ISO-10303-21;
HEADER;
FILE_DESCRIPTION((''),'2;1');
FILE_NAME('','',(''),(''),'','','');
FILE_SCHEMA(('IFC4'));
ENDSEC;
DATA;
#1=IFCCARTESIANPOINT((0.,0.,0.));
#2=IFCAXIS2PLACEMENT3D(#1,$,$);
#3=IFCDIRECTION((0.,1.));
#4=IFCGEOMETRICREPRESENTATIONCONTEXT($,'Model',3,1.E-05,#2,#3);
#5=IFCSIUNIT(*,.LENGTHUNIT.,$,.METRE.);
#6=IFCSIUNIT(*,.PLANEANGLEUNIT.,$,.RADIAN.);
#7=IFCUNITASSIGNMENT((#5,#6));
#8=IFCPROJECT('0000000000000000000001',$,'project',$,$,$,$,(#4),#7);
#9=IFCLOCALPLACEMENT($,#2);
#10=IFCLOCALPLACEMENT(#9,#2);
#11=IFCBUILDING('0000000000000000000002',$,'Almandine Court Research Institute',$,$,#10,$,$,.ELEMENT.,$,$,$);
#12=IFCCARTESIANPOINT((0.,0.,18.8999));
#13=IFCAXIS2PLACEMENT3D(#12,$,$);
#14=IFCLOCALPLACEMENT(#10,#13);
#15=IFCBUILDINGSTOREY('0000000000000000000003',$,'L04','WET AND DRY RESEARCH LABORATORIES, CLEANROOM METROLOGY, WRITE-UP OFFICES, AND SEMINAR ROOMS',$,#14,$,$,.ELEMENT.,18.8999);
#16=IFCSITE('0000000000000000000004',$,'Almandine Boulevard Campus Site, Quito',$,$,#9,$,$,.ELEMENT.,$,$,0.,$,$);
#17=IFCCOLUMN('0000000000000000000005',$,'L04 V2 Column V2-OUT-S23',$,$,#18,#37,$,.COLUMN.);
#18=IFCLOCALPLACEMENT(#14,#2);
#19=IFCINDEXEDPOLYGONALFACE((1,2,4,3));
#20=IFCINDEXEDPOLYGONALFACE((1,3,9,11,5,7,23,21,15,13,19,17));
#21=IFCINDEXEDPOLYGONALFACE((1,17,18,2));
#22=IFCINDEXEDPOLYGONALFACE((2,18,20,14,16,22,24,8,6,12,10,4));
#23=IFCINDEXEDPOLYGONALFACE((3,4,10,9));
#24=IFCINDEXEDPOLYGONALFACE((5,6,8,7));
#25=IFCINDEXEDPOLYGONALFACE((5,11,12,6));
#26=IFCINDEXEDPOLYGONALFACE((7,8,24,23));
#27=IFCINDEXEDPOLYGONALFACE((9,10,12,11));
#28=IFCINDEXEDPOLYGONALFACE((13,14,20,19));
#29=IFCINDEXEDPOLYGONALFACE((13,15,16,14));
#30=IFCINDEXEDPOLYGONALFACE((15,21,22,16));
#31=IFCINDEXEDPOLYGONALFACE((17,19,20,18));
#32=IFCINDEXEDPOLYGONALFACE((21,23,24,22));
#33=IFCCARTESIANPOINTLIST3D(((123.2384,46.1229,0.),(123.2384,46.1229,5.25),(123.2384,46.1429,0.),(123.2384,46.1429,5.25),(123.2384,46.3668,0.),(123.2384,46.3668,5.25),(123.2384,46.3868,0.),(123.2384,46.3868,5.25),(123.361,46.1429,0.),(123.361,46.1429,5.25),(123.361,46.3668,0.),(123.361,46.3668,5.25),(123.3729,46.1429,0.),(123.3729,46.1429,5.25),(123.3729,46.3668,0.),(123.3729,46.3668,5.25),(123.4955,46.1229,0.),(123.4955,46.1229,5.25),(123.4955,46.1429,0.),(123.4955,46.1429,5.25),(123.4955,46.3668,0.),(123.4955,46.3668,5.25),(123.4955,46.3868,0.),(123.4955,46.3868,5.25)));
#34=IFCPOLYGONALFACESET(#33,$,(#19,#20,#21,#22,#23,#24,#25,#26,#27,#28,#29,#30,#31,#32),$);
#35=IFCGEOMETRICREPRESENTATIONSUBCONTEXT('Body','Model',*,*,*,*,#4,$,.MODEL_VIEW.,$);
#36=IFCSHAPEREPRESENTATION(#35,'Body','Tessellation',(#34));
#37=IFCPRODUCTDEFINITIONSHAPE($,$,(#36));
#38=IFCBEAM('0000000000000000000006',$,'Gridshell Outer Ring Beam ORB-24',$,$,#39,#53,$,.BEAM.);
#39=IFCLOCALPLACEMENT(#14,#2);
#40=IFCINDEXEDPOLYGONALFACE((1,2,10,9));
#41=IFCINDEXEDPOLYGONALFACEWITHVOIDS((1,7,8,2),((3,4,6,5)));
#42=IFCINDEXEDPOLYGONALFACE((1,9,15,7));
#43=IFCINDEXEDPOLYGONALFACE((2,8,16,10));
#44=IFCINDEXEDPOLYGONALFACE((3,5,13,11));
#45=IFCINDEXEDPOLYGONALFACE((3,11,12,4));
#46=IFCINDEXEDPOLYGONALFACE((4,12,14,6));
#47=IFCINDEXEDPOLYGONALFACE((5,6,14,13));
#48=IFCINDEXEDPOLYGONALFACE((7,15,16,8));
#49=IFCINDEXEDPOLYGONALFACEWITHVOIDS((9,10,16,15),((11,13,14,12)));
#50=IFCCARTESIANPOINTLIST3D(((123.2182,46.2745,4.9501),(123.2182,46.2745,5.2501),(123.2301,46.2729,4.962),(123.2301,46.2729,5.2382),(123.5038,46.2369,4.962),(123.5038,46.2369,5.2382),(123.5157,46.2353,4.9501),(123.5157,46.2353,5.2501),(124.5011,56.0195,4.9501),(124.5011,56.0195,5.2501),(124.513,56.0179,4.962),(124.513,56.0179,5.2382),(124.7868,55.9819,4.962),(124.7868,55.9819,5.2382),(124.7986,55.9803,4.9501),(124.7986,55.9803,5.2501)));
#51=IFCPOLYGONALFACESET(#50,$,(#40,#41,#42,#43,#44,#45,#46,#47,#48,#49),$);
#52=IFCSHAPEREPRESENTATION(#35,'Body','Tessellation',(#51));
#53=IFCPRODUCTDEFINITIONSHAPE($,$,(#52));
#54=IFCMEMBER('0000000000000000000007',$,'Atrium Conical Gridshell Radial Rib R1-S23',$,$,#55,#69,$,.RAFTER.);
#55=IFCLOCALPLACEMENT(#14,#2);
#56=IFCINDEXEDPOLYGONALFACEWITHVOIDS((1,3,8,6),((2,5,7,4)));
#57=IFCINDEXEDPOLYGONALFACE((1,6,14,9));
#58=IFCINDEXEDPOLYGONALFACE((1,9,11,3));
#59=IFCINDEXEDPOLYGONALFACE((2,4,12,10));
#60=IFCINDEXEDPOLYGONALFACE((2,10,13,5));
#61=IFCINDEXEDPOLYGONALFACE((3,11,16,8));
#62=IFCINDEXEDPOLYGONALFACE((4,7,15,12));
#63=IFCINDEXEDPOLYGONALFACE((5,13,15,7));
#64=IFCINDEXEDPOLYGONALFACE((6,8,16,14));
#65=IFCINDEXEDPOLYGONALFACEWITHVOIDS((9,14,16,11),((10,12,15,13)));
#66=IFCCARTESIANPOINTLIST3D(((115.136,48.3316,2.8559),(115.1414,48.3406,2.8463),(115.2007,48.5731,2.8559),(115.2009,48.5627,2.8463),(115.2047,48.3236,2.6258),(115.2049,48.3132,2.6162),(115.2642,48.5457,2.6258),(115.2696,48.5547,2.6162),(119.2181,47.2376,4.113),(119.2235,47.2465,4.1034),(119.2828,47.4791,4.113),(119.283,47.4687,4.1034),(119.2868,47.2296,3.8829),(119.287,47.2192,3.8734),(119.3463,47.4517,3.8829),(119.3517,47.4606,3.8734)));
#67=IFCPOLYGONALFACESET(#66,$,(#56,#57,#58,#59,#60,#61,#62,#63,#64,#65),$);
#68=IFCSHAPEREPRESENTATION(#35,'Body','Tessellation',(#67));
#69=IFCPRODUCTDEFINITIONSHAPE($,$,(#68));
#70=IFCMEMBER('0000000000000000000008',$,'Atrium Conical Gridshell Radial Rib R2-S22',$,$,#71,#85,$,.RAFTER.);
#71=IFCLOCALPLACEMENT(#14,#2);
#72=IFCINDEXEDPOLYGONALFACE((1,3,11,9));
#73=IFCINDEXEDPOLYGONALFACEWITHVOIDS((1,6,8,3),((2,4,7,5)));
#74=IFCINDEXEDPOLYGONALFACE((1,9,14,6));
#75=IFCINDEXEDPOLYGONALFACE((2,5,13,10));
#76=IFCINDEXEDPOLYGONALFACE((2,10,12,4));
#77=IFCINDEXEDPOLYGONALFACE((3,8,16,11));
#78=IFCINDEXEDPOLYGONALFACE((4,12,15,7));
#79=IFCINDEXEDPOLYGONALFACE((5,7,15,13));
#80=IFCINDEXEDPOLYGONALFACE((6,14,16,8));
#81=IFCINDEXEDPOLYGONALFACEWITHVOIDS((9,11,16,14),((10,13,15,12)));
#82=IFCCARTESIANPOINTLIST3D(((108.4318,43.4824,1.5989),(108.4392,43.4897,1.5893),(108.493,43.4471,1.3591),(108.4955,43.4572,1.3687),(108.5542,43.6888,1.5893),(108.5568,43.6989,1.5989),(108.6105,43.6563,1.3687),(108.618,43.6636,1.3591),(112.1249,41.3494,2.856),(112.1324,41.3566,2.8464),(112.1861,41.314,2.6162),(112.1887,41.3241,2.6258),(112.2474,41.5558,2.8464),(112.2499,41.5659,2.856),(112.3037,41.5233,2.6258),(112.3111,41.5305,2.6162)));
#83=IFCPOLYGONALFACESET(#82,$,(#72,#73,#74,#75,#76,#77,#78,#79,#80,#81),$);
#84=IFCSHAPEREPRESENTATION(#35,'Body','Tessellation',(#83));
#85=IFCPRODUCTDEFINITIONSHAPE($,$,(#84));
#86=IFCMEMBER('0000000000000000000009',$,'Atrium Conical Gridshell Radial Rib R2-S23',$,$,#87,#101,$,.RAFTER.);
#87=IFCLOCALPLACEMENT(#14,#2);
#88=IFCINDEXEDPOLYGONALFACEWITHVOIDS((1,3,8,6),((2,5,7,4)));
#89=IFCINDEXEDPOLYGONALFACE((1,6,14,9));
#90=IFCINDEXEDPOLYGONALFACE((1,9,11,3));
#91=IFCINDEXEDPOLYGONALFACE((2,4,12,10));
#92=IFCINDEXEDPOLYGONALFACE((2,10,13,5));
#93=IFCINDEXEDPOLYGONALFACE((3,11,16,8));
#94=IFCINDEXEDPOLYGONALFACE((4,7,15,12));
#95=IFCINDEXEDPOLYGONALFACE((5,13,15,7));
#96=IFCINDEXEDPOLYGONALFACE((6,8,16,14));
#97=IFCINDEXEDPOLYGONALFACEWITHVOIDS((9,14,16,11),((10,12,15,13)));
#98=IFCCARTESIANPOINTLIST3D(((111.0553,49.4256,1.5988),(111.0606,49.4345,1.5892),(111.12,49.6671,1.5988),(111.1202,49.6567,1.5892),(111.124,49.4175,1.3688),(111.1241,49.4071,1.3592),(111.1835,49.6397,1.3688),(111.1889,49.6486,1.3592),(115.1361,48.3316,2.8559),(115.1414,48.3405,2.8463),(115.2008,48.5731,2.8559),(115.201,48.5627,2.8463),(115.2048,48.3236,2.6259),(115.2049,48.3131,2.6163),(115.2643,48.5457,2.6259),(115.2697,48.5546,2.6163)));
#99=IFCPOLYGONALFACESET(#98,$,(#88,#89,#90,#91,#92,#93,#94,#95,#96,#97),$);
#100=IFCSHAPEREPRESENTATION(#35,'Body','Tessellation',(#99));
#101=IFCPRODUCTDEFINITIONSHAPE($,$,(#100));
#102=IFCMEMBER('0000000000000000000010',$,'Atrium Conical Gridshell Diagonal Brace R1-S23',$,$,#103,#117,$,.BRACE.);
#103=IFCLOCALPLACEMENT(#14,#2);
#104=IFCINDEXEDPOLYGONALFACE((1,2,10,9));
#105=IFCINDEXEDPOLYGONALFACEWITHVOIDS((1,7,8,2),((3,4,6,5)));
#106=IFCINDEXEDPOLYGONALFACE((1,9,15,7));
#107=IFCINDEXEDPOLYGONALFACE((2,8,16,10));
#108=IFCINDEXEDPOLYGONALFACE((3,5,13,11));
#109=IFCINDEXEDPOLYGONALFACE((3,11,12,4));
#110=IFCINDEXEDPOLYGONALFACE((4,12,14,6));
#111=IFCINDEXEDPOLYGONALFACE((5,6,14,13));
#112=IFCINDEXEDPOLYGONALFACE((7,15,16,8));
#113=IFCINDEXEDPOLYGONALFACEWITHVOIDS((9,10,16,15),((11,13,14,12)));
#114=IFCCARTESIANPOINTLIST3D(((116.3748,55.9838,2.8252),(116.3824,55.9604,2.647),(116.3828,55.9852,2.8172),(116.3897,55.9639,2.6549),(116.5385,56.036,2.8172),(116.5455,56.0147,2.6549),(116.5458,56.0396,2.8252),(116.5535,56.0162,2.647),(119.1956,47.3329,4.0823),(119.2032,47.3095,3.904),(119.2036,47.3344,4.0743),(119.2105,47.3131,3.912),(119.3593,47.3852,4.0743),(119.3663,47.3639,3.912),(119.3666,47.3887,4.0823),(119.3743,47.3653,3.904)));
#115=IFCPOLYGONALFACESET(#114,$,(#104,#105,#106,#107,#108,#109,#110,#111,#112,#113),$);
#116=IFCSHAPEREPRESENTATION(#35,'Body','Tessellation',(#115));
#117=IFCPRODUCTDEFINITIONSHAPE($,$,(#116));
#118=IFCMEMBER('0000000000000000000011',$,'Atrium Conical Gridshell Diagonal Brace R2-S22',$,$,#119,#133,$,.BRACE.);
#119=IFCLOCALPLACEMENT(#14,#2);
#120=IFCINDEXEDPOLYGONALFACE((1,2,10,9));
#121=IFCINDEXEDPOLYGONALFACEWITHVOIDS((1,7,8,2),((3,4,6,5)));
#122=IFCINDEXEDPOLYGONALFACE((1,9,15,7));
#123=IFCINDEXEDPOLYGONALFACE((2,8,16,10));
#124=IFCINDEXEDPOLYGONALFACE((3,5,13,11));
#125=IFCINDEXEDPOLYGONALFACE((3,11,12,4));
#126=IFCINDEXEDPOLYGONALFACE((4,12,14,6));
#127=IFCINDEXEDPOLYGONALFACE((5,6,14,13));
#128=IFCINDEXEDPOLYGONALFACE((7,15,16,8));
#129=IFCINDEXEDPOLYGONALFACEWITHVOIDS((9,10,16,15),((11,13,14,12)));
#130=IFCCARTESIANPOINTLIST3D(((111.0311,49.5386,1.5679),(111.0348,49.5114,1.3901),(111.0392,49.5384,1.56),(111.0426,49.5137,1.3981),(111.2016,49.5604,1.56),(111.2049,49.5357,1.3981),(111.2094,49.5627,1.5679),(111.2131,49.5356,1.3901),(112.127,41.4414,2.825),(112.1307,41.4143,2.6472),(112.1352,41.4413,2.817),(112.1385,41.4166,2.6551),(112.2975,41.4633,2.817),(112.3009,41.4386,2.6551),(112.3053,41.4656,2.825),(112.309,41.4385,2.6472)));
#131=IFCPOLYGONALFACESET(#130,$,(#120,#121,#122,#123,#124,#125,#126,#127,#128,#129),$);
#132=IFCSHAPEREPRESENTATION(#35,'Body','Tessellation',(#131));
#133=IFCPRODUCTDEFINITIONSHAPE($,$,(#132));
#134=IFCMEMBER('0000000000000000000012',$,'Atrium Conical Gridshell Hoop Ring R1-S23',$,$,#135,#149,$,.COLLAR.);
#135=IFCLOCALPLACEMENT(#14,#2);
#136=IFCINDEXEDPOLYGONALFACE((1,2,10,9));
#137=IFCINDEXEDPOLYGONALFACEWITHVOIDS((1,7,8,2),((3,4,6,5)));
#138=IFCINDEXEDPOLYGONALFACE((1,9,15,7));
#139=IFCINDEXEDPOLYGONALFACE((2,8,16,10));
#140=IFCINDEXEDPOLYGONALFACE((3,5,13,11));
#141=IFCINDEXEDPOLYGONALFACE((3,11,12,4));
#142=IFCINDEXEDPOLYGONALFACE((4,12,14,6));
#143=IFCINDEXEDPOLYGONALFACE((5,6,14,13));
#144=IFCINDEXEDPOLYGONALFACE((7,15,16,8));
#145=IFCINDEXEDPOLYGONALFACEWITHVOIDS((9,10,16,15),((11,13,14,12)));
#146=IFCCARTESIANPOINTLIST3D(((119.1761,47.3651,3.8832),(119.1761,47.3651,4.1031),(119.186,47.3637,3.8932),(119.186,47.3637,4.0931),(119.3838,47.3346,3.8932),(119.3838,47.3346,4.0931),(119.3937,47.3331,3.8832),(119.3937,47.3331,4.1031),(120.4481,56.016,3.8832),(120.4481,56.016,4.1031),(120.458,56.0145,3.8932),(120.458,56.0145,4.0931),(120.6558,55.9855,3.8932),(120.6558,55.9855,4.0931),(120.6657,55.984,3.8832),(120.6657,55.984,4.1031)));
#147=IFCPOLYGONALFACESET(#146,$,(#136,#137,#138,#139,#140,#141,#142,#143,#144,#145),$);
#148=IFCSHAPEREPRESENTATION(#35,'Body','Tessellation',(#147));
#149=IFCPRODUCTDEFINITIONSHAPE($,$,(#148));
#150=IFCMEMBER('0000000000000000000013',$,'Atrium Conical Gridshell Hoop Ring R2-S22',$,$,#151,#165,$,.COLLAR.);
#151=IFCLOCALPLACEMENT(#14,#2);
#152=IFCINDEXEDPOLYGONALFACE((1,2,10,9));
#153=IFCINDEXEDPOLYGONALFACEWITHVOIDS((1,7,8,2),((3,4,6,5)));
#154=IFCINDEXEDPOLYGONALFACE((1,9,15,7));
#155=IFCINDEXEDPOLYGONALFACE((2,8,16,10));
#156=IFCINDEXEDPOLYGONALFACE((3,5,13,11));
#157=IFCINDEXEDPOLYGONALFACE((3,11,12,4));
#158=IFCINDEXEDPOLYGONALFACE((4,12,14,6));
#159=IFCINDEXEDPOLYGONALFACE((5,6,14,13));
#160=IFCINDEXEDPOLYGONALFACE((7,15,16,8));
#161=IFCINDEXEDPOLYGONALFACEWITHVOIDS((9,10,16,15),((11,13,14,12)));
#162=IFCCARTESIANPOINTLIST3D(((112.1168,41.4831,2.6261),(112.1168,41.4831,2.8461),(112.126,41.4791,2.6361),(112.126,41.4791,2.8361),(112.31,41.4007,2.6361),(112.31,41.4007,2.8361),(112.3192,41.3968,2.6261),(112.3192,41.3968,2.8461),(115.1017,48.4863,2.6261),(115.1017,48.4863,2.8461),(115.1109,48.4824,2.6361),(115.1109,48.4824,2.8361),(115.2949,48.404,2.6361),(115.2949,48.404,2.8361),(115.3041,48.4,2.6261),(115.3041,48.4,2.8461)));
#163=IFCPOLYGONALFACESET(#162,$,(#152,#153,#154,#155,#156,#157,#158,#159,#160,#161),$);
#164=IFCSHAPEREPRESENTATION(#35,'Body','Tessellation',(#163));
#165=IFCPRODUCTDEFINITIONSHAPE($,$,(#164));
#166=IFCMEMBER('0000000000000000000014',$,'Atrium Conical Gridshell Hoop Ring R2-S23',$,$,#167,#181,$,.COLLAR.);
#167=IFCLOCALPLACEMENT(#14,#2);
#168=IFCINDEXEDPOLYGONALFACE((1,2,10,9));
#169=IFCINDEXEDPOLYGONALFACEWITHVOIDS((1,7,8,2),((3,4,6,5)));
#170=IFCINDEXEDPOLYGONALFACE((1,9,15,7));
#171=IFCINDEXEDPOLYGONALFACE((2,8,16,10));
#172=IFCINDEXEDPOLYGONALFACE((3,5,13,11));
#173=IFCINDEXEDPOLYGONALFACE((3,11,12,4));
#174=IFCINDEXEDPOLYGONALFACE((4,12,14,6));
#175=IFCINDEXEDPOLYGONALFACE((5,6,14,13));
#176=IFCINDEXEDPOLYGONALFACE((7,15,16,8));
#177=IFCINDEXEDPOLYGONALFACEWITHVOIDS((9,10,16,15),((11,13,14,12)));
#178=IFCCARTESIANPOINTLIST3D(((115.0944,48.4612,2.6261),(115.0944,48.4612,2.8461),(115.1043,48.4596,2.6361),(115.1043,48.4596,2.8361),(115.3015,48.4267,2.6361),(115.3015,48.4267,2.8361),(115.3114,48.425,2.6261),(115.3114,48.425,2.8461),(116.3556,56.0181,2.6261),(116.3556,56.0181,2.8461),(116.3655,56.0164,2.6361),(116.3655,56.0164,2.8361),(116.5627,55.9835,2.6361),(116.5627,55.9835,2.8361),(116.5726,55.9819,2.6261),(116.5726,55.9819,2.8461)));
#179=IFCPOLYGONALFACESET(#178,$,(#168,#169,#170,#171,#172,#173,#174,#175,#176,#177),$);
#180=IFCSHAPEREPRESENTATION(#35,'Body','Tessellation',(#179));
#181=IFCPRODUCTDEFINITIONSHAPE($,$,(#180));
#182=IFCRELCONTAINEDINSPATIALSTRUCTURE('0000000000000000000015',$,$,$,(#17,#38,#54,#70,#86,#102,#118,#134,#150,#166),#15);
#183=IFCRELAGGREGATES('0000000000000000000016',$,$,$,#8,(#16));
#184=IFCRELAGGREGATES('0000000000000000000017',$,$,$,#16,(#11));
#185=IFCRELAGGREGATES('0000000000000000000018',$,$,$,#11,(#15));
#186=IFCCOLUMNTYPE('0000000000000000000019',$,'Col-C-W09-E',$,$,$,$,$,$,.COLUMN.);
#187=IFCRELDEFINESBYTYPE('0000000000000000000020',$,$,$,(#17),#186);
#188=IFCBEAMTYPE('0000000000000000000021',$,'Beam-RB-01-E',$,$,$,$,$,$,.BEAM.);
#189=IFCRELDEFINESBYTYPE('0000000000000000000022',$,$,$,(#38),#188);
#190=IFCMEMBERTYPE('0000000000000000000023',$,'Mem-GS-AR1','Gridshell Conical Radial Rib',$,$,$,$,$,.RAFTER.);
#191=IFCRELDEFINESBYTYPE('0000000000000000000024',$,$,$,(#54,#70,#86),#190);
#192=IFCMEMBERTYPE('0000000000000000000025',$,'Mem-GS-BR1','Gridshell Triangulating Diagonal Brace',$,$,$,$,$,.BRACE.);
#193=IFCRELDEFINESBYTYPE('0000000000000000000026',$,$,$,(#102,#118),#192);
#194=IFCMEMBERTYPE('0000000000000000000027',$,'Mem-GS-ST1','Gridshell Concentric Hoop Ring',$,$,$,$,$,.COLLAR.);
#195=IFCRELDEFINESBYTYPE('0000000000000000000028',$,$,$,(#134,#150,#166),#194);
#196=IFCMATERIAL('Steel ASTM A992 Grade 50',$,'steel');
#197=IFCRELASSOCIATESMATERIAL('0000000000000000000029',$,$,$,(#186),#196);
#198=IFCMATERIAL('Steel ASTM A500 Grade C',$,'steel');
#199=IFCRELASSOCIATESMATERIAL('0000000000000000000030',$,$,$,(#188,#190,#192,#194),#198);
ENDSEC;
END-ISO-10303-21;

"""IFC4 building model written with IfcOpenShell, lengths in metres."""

from ifc_helpers import new_model, si_unit, direction, frame, origin, origin_2d, place, context, subcontext, project, spatial, hollow_rectangle, i_section, extrude, material, material_profile, profile_set, type_object, element, save


model = new_model("IFC4")

# Units and contexts
model_context = context("Model", 3, precision=1e-05, world=origin(), true_north=direction((0.0, 1.0)))
body_context = subcontext(model_context, "Body", "Model", "MODEL_VIEW")
ifc_project = project(units=[si_unit("LENGTHUNIT", "METRE"), si_unit("PLANEANGLEUNIT", "RADIAN")], contexts=[model_context])

# Site, building, storey
site_placement = place(None, origin())
site = spatial("IfcSite", under=ifc_project, at=site_placement, Name="Almandine Boulevard Campus Site, Quito", CompositionType="ELEMENT", RefElevation=0.0)
building_placement = place(site_placement, origin())
building = spatial("IfcBuilding", under=site, at=building_placement, Name="Almandine Court Research Institute", CompositionType="ELEMENT")
storey_placement = place(building_placement, frame((0.0, 0.0, 18.8999)))
storey = spatial("IfcBuildingStorey", under=building, at=storey_placement, Name="L04", Description="WET AND DRY RESEARCH LABORATORIES, CLEANROOM METROLOGY, WRITE-UP OFFICES, AND SEMINAR ROOMS", CompositionType="ELEMENT", Elevation=18.8999)

# Column
ifc_material_1 = material(Name="Steel ASTM A992 Grade 50", Category="steel")
ifc_material_profile_1 = material_profile(ifc_material_1, i_section(OverallWidth=0.2571, OverallDepth=0.2639, WebThickness=0.012, FlangeThickness=0.02, at=origin_2d()), Name="W250x101")
ifc_profile_set_1 = profile_set([ifc_material_profile_1], Name="Steel ASTM A992 Grade 50")
column_type = type_object("IfcColumnType", Name="Col-C-W09-E", PredefinedType="COLUMN", material=ifc_profile_set_1)
column_placement = place(storey_placement, frame((123.3669, 46.2549, 0.0), z_axis=(0.0, 0.0, 1.0), x_axis=(1.0, 0.0, 0.0)))
element("IfcColumn", 1, at=column_placement, inside=storey, type_object=column_type, Name="L04 V2 Column V2-OUT-S23", PredefinedType="COLUMN", context=body_context, shape_type="SweptSolid", body=[
    extrude(i_section(OverallWidth=0.2571, OverallDepth=0.2639, WebThickness=0.012, FlangeThickness=0.02, at=origin_2d()), origin(), (0.0, 0.0, 1.0), 5.25),
])

# Beam
ifc_material_2 = material(Name="Steel ASTM A500 Grade C", Category="steel")
ifc_material_profile_2 = material_profile(ifc_material_2, hollow_rectangle(XDim=0.3, YDim=0.3, WallThickness=0.012, at=origin_2d()), Name="HSS 300x300x12")
ifc_profile_set_2 = profile_set([ifc_material_profile_2], Name="Steel ASTM A500 Grade C")
beam_type = type_object("IfcBeamType", Name="Beam-RB-01-E", PredefinedType="BEAM", material=ifc_profile_set_2)
beam_placement = place(storey_placement, frame((123.3669, 46.2549, 5.1001), z_axis=(0.130525, 0.991445, 0.0), x_axis=(-0.991445, 0.130525, 0.0)))
element("IfcBeam", 2, at=beam_placement, inside=storey, type_object=beam_type, Name="Gridshell Outer Ring Beam ORB-24", PredefinedType="BEAM", context=body_context, shape_type="SweptSolid", body=[
    extrude(hollow_rectangle(XDim=0.3, YDim=0.3, WallThickness=0.012, at=origin_2d()), origin(), (0.0, 0.0, 1.0), 9.8291),
])

# Members
ifc_material_profile_3 = material_profile(ifc_material_2, hollow_rectangle(XDim=0.25, YDim=0.25, WallThickness=0.01, at=origin_2d()), Name="HSS 250x250x10")
ifc_profile_set_3 = profile_set([ifc_material_profile_3], Name="Steel ASTM A500 Grade C")
member_type_1 = type_object("IfcMemberType", Name="Mem-GS-AR1", Description="Gridshell Conical Radial Rib", PredefinedType="RAFTER", material=ifc_profile_set_3)
member_1_placement = place(storey_placement, frame((119.2849, 47.3491, 3.9932), z_axis=(-0.925822, 0.248123, -0.285111), x_axis=(-0.258867, -0.965913, 0.0)))
element("IfcMember", 3, at=member_1_placement, inside=storey, type_object=member_type_1, Name="Atrium Conical Gridshell Radial Rib R1-S23", PredefinedType="RAFTER", context=body_context, shape_type="SweptSolid", body=[
    extrude(hollow_rectangle(XDim=0.25, YDim=0.25, WallThickness=0.01, at=origin_2d()), origin(), (0.0, 0.0, 1.0), 4.4092),
])
member_2_placement = place(storey_placement, frame((112.218, 41.4399, 2.7361), z_axis=(-0.830611, 0.479741, -0.282727), x_axis=(-0.500147, -0.865941, 0.0)))
element("IfcMember", 4, at=member_2_placement, inside=storey, type_object=member_type_1, Name="Atrium Conical Gridshell Radial Rib R2-S22", PredefinedType="RAFTER", context=body_context, shape_type="SweptSolid", body=[
    extrude(hollow_rectangle(XDim=0.25, YDim=0.25, WallThickness=0.01, at=origin_2d()), origin(), (0.0, 0.0, 1.0), 4.4463),
])
member_3_placement = place(storey_placement, frame((115.2029, 48.4431, 2.7361), z_axis=(-0.925783, 0.248186, -0.285184), x_axis=(-0.258939, -0.965894, 0.0)))
element("IfcMember", 5, at=member_3_placement, inside=storey, type_object=member_type_1, Name="Atrium Conical Gridshell Radial Rib R2-S23", PredefinedType="RAFTER", context=body_context, shape_type="SweptSolid", body=[
    extrude(hollow_rectangle(XDim=0.25, YDim=0.25, WallThickness=0.01, at=origin_2d()), origin(), (0.0, 0.0, 1.0), 4.408),
])
ifc_material_profile_4 = material_profile(ifc_material_2, hollow_rectangle(XDim=0.1799, YDim=0.1799, WallThickness=0.0081, at=origin_2d()), Name="HSS 180x180x8")
ifc_profile_set_4 = profile_set([ifc_material_profile_4], Name="Steel ASTM A500 Grade C")
member_type_2 = type_object("IfcMemberType", Name="Mem-GS-BR1", Description="Gridshell Triangulating Diagonal Brace", PredefinedType="BRACE", material=ifc_profile_set_4)
member_4_placement = place(storey_placement, frame((119.2849, 47.3491, 3.9932), z_axis=(-0.30709, 0.941789, -0.136854), x_axis=(-0.950734, -0.310007, 0.0)))
element("IfcMember", 6, at=member_4_placement, inside=storey, type_object=member_type_2, Name="Atrium Conical Gridshell Diagonal Brace R1-S23", PredefinedType="BRACE", context=body_context, shape_type="SweptSolid", body=[
    extrude(hollow_rectangle(XDim=0.1799, YDim=0.1799, WallThickness=0.0081, at=origin_2d()), origin(), (0.0, 0.0, 1.0), 9.1855),
])
member_5_placement = place(storey_placement, frame((112.218, 41.4399, 2.7361), z_axis=(-0.132567, 0.979441, -0.152058), x_axis=(-0.990964, -0.134126, 0.0)))
element("IfcMember", 7, at=member_5_placement, inside=storey, type_object=member_type_2, Name="Atrium Conical Gridshell Diagonal Brace R2-S22", PredefinedType="BRACE", context=body_context, shape_type="SweptSolid", body=[
    extrude(hollow_rectangle(XDim=0.1799, YDim=0.1799, WallThickness=0.0081, at=origin_2d()), origin(), (0.0, 0.0, 1.0), 8.2671),
])
ifc_material_profile_5 = material_profile(ifc_material_2, hollow_rectangle(XDim=0.22, YDim=0.22, WallThickness=0.01, at=origin_2d()), Name="HSS 220x220x10")
ifc_profile_set_5 = profile_set([ifc_material_profile_5], Name="Steel ASTM A500 Grade C")
member_type_3 = type_object("IfcMemberType", Name="Mem-GS-ST1", Description="Gridshell Concentric Hoop Ring", PredefinedType="COLLAR", material=ifc_profile_set_5)
member_6_placement = place(storey_placement, frame((119.2849, 47.3491, 3.9932), z_axis=(0.14547, 0.989363, 0.0), x_axis=(-0.989363, 0.14547, 0.0)))
element("IfcMember", 8, at=member_6_placement, inside=storey, type_object=member_type_3, Name="Atrium Conical Gridshell Hoop Ring R1-S23", PredefinedType="COLLAR", context=body_context, shape_type="SweptSolid", body=[
    extrude(hollow_rectangle(XDim=0.22, YDim=0.22, WallThickness=0.01, at=origin_2d()), origin(), (0.0, 0.0, 1.0), 8.7439),
])
member_7_placement = place(storey_placement, frame((112.218, 41.4399, 2.7361), z_axis=(0.392088, 0.919928, 0.0), x_axis=(-0.919928, 0.392088, 0.0)))
element("IfcMember", 9, at=member_7_placement, inside=storey, type_object=member_type_3, Name="Atrium Conical Gridshell Hoop Ring R2-S22", PredefinedType="COLLAR", context=body_context, shape_type="SweptSolid", body=[
    extrude(hollow_rectangle(XDim=0.22, YDim=0.22, WallThickness=0.01, at=origin_2d()), origin(), (0.0, 0.0, 1.0), 7.6128),
])
member_8_placement = place(storey_placement, frame((115.2029, 48.4431, 2.7361), z_axis=(0.164621, 0.986357, 0.0), x_axis=(-0.986357, 0.164621, 0.0)))
element("IfcMember", 10, at=member_8_placement, inside=storey, type_object=member_type_3, Name="Atrium Conical Gridshell Hoop Ring R2-S23", PredefinedType="COLLAR", context=body_context, shape_type="SweptSolid", body=[
    extrude(hollow_rectangle(XDim=0.22, YDim=0.22, WallThickness=0.01, at=origin_2d()), origin(), (0.0, 0.0, 1.0), 7.6614),
])

save(model, "model.ifc")
